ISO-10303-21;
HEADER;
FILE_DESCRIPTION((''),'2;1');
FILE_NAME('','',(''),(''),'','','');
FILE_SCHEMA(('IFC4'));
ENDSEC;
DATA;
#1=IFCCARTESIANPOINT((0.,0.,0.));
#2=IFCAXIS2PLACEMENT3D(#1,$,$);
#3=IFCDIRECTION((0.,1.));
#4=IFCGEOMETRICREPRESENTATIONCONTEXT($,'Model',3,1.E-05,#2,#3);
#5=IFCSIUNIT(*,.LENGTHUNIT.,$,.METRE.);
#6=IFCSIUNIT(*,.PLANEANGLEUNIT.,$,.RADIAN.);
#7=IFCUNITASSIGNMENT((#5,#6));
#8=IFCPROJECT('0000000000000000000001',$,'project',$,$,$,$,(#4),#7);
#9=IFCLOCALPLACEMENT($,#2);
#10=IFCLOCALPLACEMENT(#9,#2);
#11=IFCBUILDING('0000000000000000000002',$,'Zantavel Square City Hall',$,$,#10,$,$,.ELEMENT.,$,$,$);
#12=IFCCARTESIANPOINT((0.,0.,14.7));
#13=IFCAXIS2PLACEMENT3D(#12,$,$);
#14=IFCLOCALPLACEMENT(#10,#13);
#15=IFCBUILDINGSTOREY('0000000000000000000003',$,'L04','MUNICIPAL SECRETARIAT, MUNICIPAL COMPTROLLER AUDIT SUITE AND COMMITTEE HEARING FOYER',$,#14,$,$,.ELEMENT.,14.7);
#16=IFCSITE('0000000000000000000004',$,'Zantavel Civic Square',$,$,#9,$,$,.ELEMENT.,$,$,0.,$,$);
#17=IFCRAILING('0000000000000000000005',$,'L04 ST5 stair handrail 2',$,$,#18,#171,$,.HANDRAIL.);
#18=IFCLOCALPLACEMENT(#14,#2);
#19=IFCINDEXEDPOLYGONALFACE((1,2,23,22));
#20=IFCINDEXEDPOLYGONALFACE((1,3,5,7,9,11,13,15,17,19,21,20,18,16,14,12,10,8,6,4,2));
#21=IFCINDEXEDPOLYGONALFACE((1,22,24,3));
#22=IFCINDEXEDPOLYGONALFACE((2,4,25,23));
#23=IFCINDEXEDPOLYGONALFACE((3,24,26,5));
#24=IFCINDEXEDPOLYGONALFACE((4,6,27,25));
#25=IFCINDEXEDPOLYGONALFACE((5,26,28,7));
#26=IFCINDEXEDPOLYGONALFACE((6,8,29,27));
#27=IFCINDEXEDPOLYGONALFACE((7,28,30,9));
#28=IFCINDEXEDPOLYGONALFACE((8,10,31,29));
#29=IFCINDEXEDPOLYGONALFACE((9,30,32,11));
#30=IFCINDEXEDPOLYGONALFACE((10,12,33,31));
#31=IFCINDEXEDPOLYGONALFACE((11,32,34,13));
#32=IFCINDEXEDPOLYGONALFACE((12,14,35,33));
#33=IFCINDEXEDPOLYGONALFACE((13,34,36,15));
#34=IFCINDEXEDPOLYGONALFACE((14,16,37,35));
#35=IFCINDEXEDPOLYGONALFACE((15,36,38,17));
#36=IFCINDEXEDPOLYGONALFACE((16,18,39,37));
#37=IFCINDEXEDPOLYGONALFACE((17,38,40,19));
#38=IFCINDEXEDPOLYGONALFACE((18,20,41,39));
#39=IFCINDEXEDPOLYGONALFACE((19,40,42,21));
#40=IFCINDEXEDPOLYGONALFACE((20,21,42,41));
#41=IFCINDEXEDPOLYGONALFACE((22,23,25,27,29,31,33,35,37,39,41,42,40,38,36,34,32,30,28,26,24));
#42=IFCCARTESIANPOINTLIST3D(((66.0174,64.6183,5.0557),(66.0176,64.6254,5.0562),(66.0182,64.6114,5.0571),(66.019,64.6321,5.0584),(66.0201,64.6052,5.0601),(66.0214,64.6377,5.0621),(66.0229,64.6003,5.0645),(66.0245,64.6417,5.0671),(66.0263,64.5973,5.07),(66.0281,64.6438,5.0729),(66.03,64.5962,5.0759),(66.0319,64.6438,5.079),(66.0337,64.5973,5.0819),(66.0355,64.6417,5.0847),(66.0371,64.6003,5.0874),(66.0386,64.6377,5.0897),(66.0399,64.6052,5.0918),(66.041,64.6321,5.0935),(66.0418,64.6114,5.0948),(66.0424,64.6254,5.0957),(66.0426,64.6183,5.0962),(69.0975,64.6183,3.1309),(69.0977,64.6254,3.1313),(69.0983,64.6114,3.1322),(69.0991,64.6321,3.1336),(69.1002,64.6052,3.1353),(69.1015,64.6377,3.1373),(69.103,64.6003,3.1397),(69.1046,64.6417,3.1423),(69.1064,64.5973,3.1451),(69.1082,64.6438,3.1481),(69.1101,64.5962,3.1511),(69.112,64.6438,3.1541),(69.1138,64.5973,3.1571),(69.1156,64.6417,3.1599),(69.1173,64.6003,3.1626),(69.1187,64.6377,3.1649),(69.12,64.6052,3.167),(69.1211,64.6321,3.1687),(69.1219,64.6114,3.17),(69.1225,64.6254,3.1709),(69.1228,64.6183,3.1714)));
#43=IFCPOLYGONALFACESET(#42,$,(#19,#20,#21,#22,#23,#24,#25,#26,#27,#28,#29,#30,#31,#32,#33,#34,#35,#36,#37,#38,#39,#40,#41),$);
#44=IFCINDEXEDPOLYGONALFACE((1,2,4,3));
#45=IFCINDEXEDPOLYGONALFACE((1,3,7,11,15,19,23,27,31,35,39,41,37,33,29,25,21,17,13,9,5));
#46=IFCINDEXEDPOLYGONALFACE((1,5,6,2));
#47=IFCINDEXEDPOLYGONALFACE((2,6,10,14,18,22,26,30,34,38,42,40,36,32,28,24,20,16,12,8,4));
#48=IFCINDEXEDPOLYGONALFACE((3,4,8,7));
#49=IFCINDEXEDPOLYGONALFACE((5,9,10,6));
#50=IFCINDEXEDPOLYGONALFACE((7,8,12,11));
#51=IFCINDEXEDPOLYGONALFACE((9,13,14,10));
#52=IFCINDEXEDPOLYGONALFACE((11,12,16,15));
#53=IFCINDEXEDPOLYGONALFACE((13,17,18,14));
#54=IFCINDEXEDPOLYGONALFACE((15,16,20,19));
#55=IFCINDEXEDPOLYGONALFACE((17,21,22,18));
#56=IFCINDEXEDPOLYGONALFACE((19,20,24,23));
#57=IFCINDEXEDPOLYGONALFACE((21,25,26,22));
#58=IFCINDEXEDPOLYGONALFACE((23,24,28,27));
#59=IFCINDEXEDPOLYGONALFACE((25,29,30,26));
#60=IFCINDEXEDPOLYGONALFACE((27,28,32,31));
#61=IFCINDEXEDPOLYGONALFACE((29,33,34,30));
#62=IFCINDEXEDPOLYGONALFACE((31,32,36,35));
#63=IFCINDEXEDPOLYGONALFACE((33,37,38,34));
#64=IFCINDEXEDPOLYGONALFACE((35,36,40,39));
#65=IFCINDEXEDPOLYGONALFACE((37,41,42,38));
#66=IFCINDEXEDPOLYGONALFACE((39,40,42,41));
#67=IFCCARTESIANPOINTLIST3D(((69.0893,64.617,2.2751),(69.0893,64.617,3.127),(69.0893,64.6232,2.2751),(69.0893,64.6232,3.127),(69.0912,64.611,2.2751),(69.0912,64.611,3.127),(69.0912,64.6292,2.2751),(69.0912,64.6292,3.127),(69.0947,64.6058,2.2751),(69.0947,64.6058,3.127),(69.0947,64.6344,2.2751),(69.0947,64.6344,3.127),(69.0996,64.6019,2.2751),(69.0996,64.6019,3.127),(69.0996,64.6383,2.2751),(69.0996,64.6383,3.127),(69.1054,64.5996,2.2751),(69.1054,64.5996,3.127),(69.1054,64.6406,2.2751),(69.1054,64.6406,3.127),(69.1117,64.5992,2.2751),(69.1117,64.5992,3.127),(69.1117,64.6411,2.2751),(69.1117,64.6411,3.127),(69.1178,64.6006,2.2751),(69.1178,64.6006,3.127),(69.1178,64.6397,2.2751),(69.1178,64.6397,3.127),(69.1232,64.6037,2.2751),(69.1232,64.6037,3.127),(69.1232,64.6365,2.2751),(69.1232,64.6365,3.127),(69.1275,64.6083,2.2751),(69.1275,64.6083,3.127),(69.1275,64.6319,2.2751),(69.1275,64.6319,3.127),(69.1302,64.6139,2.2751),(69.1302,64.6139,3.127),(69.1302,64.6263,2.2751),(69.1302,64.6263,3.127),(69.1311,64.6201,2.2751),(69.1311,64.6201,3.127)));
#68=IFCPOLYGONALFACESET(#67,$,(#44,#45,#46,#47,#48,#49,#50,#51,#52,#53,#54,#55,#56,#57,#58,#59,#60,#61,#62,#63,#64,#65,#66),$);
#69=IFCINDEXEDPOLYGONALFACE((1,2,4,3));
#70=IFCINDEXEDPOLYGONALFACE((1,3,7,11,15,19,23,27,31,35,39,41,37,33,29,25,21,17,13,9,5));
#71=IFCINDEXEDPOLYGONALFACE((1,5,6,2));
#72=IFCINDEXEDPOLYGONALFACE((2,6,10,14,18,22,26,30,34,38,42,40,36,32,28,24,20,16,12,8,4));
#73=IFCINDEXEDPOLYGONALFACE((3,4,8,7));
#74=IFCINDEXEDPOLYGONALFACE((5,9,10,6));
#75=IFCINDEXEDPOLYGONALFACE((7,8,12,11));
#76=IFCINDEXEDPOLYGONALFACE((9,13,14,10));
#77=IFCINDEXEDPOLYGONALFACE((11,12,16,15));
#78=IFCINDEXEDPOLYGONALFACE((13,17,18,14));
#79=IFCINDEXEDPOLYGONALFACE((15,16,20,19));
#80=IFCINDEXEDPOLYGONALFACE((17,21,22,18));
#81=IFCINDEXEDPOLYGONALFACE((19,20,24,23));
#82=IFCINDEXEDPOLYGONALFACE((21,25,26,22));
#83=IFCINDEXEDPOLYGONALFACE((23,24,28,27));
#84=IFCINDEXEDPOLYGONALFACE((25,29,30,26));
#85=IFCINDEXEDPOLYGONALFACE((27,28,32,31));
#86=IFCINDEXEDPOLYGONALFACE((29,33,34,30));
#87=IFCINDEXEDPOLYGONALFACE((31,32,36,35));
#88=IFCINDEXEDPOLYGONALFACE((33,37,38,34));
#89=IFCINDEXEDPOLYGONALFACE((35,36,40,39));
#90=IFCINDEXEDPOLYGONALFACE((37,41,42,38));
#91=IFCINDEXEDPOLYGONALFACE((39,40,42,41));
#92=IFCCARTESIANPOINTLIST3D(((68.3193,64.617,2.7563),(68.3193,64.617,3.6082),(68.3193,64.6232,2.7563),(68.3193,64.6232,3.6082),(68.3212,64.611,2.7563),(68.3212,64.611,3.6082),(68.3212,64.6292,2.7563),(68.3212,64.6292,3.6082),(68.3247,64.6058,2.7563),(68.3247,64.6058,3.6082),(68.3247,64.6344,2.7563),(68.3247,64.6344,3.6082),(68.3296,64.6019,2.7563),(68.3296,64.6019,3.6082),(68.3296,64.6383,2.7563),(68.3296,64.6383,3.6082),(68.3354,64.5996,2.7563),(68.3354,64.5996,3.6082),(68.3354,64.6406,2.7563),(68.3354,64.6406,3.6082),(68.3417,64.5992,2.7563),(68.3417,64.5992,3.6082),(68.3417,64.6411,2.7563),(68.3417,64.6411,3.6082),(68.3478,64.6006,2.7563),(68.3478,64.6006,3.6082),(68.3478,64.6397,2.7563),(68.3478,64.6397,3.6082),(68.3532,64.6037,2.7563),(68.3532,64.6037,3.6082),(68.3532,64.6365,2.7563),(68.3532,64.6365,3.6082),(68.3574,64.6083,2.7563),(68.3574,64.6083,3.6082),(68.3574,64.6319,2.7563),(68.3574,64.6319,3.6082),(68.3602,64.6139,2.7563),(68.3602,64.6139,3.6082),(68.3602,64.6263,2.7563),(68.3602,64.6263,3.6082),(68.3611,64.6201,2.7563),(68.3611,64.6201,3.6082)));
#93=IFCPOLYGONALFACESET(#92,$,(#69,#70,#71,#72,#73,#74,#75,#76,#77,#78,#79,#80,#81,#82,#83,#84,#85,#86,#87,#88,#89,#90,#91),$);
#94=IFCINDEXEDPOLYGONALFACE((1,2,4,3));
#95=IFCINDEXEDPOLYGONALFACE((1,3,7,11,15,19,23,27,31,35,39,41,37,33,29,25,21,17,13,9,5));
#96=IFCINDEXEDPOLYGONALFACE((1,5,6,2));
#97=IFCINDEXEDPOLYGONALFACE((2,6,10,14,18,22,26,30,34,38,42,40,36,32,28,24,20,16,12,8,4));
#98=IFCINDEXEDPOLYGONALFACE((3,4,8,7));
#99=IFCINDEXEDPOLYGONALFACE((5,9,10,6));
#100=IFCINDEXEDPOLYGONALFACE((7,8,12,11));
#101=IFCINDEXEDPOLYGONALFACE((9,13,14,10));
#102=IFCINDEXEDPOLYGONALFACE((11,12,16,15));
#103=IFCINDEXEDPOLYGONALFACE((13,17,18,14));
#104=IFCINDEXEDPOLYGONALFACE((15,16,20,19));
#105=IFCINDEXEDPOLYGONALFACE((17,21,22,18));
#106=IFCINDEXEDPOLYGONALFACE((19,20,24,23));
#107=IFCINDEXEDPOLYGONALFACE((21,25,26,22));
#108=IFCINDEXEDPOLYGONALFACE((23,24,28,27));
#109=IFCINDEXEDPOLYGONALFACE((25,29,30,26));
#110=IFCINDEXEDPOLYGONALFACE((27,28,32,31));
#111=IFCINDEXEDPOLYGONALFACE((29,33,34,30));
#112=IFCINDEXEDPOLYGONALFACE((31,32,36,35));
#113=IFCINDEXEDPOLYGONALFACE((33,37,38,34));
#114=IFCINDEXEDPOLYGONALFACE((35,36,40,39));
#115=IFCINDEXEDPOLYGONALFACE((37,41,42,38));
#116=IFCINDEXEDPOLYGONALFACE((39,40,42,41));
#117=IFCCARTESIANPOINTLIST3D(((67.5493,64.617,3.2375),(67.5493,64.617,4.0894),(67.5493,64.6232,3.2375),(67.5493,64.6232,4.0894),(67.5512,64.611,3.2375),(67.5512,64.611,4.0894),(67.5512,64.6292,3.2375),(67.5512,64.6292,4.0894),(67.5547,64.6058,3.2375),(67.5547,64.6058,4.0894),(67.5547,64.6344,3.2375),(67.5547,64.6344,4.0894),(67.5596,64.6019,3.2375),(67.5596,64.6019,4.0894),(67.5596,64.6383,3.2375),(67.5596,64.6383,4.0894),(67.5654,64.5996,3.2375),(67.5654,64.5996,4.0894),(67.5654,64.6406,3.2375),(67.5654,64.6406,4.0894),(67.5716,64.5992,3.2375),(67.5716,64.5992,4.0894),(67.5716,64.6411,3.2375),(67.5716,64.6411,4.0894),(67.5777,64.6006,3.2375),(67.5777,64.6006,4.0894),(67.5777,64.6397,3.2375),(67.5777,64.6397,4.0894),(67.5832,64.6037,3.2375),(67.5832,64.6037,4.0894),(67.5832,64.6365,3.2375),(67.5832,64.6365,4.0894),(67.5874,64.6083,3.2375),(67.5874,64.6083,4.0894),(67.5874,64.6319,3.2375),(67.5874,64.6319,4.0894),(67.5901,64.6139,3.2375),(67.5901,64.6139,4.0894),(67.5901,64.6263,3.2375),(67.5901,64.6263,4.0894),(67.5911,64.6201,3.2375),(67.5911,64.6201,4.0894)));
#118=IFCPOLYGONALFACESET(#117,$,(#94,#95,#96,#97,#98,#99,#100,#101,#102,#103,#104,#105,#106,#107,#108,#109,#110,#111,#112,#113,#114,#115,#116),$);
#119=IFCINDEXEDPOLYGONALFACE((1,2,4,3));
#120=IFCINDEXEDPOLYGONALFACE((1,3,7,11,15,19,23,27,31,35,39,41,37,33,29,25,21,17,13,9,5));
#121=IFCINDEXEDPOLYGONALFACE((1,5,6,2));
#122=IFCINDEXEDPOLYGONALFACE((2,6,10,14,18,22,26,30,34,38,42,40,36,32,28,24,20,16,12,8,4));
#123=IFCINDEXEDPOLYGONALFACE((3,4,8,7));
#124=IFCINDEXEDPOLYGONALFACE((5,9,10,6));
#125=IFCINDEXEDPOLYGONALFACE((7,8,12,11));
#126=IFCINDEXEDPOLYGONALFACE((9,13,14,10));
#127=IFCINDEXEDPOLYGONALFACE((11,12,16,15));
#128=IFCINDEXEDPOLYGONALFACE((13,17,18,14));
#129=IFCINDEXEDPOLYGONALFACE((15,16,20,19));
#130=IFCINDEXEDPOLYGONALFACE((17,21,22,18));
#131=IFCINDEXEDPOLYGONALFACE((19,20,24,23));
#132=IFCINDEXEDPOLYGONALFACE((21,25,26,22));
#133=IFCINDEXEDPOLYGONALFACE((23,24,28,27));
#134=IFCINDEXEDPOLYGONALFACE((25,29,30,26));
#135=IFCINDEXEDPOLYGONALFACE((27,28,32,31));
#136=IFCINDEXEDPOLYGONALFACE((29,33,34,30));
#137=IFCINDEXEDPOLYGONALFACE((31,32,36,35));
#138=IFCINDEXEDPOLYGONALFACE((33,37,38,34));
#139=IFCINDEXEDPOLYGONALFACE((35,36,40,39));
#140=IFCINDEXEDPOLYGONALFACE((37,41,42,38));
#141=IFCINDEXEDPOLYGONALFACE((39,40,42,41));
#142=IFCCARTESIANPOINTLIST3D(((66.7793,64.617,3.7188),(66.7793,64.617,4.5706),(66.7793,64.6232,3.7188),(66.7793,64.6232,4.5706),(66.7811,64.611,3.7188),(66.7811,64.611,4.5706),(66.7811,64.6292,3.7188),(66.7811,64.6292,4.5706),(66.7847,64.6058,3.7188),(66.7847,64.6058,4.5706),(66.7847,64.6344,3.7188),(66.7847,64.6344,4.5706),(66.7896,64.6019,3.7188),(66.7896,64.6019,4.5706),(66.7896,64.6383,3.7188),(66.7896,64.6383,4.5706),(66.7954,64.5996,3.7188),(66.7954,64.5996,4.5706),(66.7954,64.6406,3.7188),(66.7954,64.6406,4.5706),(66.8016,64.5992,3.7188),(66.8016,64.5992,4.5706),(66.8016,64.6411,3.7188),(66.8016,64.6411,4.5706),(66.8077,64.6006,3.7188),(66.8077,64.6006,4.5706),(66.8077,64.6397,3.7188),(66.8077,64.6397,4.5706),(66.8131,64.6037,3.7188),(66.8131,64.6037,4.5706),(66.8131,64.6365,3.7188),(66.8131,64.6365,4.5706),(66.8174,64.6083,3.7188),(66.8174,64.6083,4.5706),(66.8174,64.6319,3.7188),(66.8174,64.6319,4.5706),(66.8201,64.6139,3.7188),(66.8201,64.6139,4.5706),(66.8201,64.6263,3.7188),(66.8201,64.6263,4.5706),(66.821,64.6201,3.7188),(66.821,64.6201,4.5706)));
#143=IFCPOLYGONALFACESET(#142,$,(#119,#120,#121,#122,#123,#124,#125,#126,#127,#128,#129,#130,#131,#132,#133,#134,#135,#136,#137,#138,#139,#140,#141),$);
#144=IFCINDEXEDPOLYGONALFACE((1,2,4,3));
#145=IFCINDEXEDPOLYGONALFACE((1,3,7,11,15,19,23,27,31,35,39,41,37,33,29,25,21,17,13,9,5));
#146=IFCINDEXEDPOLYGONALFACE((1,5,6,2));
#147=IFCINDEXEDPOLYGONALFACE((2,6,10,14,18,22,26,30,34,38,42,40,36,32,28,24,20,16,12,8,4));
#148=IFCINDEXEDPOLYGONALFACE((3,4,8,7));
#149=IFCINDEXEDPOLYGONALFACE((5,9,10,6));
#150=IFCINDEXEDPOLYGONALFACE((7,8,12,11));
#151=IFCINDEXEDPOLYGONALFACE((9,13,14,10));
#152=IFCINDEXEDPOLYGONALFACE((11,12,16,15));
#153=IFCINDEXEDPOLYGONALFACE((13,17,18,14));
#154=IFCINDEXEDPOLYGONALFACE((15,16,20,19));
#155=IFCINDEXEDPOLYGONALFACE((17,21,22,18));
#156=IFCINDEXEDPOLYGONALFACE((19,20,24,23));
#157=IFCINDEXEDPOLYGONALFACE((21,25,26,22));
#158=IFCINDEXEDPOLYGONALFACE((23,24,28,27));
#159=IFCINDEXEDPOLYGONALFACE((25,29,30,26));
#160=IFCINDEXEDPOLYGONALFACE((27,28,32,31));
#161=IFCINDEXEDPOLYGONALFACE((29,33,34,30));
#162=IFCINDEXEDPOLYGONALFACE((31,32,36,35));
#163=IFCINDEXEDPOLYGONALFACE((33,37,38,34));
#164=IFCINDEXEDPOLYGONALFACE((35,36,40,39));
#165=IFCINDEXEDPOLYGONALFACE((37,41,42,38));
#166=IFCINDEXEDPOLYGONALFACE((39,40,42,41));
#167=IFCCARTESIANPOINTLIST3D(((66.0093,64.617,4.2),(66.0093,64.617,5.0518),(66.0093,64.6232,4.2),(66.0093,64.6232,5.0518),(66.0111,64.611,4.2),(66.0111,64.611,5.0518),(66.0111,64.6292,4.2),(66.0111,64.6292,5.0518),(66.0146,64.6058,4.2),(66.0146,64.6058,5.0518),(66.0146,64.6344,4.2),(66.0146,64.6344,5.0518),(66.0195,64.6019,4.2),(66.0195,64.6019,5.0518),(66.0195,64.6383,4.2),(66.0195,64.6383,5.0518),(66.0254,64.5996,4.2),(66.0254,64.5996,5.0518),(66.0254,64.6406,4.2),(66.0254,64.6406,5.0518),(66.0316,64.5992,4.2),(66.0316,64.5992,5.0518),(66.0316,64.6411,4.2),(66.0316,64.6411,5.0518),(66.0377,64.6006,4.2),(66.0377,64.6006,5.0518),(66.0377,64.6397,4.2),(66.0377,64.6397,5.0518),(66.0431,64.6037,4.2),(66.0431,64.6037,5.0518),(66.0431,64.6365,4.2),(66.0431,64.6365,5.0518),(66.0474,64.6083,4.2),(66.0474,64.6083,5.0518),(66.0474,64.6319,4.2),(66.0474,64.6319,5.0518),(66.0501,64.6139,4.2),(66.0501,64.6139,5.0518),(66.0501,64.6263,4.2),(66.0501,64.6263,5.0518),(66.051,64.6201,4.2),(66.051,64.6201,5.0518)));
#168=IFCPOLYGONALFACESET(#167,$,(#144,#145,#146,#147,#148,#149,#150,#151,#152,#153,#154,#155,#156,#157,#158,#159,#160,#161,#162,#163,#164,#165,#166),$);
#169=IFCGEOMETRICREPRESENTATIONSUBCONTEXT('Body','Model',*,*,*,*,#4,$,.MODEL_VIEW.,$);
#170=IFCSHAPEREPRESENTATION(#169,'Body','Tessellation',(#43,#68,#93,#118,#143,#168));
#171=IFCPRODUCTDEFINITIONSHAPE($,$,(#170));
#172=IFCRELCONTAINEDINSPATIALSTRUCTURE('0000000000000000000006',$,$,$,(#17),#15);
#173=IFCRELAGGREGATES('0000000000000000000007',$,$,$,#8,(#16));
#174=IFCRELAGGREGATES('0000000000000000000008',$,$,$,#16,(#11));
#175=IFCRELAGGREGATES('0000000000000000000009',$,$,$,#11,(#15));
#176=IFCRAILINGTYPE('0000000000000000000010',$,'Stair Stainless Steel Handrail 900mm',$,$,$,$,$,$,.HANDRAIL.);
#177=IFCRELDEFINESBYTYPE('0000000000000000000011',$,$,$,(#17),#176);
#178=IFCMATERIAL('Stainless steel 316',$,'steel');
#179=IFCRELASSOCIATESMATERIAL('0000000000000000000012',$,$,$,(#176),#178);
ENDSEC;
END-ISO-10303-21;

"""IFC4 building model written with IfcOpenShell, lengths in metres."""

from ifc_helpers import new_model, si_unit, direction, frame, origin, origin_2d, place, context, subcontext, project, spatial, circle, extrude, material, type_object, element, save


model = new_model("IFC4")

# Units and contexts
model_context = context("Model", 3, precision=1e-05, world=origin(), true_north=direction((0.0, 1.0)))
body_context = subcontext(model_context, "Body", "Model", "MODEL_VIEW")
ifc_project = project(units=[si_unit("LENGTHUNIT", "METRE"), si_unit("PLANEANGLEUNIT", "RADIAN")], contexts=[model_context])

# Site, building, storey
site_placement = place(None, origin())
site = spatial("IfcSite", under=ifc_project, at=site_placement, Name="Zantavel Civic Square", CompositionType="ELEMENT", RefElevation=0.0)
building_placement = place(site_placement, origin())
building = spatial("IfcBuilding", under=site, at=building_placement, Name="Zantavel Square City Hall", CompositionType="ELEMENT")
storey_placement = place(building_placement, frame((0.0, 0.0, 14.7)))
storey = spatial("IfcBuildingStorey", under=building, at=storey_placement, Name="L04", Description="MUNICIPAL SECRETARIAT, MUNICIPAL COMPTROLLER AUDIT SUITE AND COMMITTEE HEARING FOYER", CompositionType="ELEMENT", Elevation=14.7)

# Railing
ifc_material_1 = material(Name="Stainless steel 316", Category="steel")
railing_type_1 = type_object("IfcRailingType", Name="Stair Stainless Steel Handrail 900mm", PredefinedType="HANDRAIL", material=ifc_material_1)
railing_1_placement = place(storey_placement, frame((69.1101, 64.6201, 2.2751)))
element("IfcRailing", 1, at=railing_1_placement, inside=storey, type_object=railing_type_1, Name="L04 ST5 stair handrail 2", PredefinedType="HANDRAIL", context=body_context, shape_type="SweptSolid", body=[
    extrude(circle(Radius=0.0239, at=origin_2d()), frame((0.0, 0.0, 0.876), z_axis=(-0.848029, 0.0, 0.529951), x_axis=(0.0, -1.0, 0.0)), (0.0, 0.0, 1.0), 3.6321),
    extrude(circle(Radius=0.021, at=origin_2d()), origin(), (0.0, 0.0, 1.0), 0.8518),
    extrude(circle(Radius=0.021, at=origin_2d()), frame((-0.77, 0.0, 0.4812)), (0.0, 0.0, 1.0), 0.8518),
    extrude(circle(Radius=0.021, at=origin_2d()), frame((-1.54, 0.0, 0.9624)), (0.0, 0.0, 1.0), 0.8518),
    extrude(circle(Radius=0.021, at=origin_2d()), frame((-2.3101, 0.0, 1.4436)), (0.0, 0.0, 1.0), 0.8518),
    extrude(circle(Radius=0.021, at=origin_2d()), frame((-3.0801, 0.0, 1.9248)), (0.0, 0.0, 1.0), 0.8518),
])

save(model, "model.ifc")
